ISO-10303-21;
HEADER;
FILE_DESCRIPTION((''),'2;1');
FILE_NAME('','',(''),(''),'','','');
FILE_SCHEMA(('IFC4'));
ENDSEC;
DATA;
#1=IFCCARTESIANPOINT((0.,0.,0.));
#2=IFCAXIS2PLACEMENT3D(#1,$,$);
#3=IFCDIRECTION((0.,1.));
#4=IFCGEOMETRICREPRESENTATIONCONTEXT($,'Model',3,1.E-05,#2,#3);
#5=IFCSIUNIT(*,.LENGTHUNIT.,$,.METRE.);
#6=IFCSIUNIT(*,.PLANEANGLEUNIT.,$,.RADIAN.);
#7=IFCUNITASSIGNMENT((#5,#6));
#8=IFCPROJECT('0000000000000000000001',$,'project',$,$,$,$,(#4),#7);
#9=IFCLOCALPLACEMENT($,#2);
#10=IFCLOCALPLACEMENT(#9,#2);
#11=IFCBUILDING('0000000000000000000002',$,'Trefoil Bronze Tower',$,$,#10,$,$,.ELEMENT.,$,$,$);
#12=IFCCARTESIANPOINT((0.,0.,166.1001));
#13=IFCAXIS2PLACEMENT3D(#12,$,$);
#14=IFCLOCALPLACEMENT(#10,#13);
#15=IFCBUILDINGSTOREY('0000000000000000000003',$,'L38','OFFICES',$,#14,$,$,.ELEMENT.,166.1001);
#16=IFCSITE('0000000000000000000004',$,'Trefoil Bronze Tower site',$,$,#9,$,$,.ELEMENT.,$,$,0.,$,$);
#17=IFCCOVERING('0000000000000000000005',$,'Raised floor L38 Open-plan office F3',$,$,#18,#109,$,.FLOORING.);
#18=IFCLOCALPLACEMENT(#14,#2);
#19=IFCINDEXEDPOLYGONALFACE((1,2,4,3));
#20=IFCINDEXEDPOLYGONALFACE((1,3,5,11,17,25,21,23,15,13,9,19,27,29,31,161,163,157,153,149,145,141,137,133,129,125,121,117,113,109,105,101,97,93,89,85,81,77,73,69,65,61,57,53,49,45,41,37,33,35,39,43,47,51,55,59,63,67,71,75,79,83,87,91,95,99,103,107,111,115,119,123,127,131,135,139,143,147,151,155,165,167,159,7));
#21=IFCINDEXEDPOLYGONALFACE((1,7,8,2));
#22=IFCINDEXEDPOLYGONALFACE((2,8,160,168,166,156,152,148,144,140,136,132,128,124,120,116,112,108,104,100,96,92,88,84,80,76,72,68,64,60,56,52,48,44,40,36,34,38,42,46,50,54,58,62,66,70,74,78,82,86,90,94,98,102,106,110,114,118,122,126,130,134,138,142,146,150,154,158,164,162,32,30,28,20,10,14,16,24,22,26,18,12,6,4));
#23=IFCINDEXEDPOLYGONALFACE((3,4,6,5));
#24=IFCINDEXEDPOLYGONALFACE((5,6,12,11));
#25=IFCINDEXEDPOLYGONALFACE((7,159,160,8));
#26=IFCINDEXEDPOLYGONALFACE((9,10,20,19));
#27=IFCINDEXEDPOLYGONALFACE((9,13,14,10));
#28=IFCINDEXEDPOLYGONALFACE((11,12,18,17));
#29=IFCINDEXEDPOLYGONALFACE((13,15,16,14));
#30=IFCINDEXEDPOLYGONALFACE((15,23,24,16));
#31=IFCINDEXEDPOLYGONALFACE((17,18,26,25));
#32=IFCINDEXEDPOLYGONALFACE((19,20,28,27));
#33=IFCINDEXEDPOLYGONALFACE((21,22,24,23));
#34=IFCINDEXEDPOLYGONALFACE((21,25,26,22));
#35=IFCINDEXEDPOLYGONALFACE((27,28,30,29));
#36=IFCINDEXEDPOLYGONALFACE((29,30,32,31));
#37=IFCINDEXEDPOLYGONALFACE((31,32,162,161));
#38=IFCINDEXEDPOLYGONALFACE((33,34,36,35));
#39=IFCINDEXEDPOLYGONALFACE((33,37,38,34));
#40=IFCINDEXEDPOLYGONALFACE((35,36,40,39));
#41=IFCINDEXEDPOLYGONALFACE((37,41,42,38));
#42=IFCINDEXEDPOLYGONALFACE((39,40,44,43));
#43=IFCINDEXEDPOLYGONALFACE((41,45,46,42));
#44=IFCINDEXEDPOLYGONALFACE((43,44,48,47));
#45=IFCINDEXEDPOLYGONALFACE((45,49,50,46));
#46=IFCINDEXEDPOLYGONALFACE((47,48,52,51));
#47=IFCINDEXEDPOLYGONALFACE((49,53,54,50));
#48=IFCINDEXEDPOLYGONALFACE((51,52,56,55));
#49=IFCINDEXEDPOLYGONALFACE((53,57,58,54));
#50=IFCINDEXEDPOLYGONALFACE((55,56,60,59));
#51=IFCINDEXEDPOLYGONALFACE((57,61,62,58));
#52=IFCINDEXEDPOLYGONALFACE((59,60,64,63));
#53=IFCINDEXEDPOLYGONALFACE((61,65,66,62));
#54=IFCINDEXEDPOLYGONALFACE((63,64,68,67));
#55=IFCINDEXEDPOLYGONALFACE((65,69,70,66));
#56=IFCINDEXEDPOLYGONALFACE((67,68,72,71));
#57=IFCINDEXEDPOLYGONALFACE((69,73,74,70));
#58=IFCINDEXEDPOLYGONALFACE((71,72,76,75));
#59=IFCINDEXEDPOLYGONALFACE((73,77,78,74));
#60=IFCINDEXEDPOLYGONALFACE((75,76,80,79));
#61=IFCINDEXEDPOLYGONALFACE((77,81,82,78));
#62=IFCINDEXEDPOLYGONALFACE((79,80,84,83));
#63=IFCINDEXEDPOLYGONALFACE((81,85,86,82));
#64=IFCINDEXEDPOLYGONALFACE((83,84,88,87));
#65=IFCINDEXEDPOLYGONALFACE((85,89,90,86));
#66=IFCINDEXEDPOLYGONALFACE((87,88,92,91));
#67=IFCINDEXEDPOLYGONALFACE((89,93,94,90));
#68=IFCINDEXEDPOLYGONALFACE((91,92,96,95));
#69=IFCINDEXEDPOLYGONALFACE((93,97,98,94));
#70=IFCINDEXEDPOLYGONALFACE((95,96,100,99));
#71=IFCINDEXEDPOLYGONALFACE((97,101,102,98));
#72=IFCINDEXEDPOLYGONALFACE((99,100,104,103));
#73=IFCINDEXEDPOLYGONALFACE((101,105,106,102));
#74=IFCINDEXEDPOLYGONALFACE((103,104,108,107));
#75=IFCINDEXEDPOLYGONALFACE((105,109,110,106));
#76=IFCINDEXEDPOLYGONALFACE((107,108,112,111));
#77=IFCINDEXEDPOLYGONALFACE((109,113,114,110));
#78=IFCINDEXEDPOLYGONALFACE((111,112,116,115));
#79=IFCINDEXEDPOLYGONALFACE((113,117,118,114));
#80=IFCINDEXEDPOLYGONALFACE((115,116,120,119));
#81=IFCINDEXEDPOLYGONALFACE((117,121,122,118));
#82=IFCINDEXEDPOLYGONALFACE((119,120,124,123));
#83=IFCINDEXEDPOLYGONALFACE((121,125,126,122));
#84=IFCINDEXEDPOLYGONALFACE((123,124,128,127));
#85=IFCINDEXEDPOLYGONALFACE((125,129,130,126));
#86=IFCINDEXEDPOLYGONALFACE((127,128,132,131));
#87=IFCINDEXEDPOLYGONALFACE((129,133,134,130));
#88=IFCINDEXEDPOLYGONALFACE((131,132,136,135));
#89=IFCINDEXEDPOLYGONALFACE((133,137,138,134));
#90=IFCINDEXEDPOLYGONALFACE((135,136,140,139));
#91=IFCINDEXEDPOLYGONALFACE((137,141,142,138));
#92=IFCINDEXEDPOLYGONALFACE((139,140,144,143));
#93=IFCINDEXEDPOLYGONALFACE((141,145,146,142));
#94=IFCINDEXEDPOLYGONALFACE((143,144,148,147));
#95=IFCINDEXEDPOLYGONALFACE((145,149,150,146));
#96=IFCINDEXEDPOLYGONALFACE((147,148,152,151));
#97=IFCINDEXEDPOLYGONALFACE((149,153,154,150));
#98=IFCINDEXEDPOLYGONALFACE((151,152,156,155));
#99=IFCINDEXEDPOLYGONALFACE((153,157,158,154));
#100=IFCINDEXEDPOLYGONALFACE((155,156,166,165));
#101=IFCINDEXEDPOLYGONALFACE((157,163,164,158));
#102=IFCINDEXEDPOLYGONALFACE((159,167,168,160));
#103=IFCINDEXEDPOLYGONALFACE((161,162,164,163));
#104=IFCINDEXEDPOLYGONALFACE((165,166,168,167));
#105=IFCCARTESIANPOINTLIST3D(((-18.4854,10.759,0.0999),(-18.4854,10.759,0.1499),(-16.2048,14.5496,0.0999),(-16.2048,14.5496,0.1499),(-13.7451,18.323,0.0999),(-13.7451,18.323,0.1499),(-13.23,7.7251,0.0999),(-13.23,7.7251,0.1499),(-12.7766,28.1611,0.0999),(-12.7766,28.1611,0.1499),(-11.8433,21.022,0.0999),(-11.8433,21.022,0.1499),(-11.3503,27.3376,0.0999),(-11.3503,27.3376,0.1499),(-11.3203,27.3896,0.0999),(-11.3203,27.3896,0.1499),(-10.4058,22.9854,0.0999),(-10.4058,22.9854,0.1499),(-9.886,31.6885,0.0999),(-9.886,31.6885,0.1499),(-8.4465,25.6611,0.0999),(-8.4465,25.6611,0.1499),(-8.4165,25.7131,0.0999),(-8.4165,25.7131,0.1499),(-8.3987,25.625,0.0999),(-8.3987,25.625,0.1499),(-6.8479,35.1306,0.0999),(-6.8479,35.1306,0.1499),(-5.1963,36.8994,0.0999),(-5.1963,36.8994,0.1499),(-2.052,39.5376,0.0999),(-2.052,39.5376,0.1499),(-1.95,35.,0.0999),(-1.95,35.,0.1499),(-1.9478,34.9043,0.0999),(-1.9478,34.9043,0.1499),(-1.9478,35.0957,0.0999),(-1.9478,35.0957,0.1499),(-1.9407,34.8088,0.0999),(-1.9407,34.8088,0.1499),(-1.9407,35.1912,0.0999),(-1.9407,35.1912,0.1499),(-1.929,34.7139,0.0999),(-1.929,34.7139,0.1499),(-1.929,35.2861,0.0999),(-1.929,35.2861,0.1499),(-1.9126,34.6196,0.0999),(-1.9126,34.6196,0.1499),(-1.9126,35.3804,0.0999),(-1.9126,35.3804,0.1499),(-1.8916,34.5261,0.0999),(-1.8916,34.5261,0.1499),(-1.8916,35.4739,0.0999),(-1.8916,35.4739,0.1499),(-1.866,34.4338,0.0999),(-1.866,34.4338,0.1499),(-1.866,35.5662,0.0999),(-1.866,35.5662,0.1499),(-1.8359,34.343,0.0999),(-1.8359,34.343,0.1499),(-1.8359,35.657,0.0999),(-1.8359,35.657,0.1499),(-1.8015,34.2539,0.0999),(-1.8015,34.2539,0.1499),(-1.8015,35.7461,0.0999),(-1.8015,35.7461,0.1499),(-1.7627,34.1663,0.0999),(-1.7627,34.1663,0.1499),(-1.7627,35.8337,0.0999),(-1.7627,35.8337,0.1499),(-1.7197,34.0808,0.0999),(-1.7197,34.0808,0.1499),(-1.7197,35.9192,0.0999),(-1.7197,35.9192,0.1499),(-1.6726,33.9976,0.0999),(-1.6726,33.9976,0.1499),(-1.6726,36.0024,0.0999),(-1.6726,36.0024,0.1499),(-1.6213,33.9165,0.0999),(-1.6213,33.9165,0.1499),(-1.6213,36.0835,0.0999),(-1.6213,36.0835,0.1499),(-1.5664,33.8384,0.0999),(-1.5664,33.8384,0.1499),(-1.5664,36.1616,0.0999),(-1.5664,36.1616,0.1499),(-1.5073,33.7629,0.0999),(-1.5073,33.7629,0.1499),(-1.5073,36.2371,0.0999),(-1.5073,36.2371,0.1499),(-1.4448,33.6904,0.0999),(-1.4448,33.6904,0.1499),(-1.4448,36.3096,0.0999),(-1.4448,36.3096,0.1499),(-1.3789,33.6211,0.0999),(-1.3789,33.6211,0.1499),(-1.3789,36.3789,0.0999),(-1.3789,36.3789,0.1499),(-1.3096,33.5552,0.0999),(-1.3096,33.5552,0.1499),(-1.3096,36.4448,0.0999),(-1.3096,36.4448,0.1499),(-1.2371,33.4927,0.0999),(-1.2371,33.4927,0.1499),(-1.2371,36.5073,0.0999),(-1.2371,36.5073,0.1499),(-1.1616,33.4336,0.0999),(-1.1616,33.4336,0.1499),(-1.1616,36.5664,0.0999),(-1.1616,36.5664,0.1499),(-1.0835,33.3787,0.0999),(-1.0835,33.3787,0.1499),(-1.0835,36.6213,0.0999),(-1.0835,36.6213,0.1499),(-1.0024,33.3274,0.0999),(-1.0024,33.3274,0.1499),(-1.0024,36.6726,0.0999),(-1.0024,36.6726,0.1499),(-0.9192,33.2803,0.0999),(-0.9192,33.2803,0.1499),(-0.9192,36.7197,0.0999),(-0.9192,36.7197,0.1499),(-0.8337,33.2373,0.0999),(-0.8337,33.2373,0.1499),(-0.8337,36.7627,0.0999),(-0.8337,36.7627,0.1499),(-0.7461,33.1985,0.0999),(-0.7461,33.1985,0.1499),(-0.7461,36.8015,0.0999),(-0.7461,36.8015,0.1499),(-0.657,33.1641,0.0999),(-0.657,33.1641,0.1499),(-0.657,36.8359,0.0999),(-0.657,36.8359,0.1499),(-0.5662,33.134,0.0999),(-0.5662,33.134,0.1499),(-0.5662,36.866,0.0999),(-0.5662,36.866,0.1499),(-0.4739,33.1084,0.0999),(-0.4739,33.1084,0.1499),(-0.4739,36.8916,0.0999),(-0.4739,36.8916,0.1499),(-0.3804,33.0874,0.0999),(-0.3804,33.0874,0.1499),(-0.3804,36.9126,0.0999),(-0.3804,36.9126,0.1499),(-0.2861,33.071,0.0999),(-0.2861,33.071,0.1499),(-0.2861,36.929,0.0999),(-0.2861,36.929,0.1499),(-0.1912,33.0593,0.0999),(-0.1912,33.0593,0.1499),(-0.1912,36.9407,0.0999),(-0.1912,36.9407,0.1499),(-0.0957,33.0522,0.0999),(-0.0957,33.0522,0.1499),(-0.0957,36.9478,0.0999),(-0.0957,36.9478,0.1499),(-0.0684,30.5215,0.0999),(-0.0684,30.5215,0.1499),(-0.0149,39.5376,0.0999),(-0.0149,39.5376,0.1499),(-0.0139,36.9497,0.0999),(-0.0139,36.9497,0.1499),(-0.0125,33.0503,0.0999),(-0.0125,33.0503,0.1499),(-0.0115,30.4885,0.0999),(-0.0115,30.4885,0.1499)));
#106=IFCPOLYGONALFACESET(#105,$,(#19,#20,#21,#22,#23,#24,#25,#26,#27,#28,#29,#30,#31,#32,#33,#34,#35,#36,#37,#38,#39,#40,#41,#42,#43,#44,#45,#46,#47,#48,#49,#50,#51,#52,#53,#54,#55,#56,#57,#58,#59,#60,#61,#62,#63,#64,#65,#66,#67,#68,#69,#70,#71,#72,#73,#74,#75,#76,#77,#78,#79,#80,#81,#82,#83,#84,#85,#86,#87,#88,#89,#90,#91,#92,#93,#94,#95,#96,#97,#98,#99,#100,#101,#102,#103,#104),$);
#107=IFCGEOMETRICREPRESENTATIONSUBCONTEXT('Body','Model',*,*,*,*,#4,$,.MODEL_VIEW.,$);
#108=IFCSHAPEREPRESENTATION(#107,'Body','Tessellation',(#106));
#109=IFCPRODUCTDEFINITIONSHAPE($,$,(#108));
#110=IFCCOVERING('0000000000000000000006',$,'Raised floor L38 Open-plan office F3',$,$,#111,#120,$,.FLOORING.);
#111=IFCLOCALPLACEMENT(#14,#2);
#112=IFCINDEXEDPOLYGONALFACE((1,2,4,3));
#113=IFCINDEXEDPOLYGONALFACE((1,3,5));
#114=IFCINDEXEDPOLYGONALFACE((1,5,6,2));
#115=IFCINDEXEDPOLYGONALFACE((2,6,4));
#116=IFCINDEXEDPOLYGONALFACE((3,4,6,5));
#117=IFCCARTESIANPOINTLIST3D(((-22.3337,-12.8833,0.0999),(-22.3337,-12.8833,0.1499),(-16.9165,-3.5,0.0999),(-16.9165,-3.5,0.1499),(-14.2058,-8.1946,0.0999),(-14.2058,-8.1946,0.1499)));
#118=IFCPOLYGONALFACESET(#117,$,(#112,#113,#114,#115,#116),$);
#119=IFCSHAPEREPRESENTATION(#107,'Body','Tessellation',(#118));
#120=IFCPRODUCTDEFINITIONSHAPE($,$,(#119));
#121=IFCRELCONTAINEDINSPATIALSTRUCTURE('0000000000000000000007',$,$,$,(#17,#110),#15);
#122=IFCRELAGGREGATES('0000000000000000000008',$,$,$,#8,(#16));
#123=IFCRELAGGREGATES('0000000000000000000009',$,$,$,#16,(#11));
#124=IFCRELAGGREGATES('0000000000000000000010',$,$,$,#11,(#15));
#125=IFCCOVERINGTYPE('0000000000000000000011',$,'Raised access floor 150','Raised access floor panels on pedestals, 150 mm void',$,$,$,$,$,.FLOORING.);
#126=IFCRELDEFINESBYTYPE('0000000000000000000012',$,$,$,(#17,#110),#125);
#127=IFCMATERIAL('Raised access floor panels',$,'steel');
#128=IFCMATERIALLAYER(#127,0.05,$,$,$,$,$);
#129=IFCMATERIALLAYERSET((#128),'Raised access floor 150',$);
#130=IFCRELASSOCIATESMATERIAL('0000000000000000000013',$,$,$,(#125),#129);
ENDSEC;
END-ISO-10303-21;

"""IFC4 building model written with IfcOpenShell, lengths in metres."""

from ifc_helpers import new_model, si_unit, direction, frame, origin, place, context, subcontext, project, spatial, polyline, outline, extrude, material, layer, layer_set, type_object, element, save


model = new_model("IFC4")

# Units and contexts
model_context = context("Model", 3, precision=1e-05, world=origin(), true_north=direction((0.0, 1.0)))
body_context = subcontext(model_context, "Body", "Model", "MODEL_VIEW")
ifc_project = project(units=[si_unit("LENGTHUNIT", "METRE"), si_unit("PLANEANGLEUNIT", "RADIAN")], contexts=[model_context])

# Site, building, storey
site_placement = place(None, origin())
site = spatial("IfcSite", under=ifc_project, at=site_placement, Name="Trefoil Bronze Tower site", CompositionType="ELEMENT", RefElevation=0.0)
building_placement = place(site_placement, origin())
building = spatial("IfcBuilding", under=site, at=building_placement, Name="Trefoil Bronze Tower", CompositionType="ELEMENT")
storey_placement = place(building_placement, frame((0.0, 0.0, 166.1001)))
storey = spatial("IfcBuildingStorey", under=building, at=storey_placement, Name="L38", Description="OFFICES", CompositionType="ELEMENT", Elevation=166.1001)

# Coverings
ifc_material_1 = material(Name="Raised access floor panels", Category="steel")
ifc_layer_1 = layer(ifc_material_1, 0.05)
ifc_layer_set_1 = layer_set([ifc_layer_1], Name="Raised access floor 150")
covering_type_1 = type_object("IfcCoveringType", Name="Raised access floor 150", Description="Raised access floor panels on pedestals, 150 mm void", PredefinedType="FLOORING", material=ifc_layer_set_1)
covering_1_placement = place(storey_placement, frame((0.0, 0.0, 0.0999)))
element("IfcCovering", 1, at=covering_1_placement, inside=storey, type_object=covering_type_1, Name="Raised floor L38 Open-plan office F3", PredefinedType="FLOORING", context=body_context, shape_type="SweptSolid", body=[
    extrude(outline(polyline([(-0.0115, 30.4885), (-0.0684, 30.5215), (-13.23, 7.7251), (-18.4854, 10.759), (-16.2048, 14.5496), (-13.7451, 18.323), (-11.8433, 21.022), (-10.4058, 22.9854), (-8.3987, 25.625), (-8.4465, 25.6611), (-8.4165, 25.7131), (-11.3203, 27.3896), (-11.3503, 27.3376), (-12.7766, 28.1611), (-9.886, 31.6885), (-6.8479, 35.1306), (-5.1963, 36.8994), (-2.052, 39.5376), (-0.0149, 39.5376), (-0.0139, 36.9497), (-0.0957, 36.9478), (-0.1912, 36.9407), (-0.2861, 36.929), (-0.3804, 36.9126), (-0.4739, 36.8916), (-0.5662, 36.866), (-0.657, 36.8359), (-0.7461, 36.8015), (-0.8337, 36.7627), (-0.9192, 36.7197), (-1.0024, 36.6726), (-1.0835, 36.6213), (-1.1616, 36.5664), (-1.2371, 36.5073), (-1.3096, 36.4448), (-1.3789, 36.3789), (-1.4448, 36.3096), (-1.5073, 36.2371), (-1.5664, 36.1616), (-1.6213, 36.0835), (-1.6726, 36.0024), (-1.7197, 35.9192), (-1.7627, 35.8337), (-1.8015, 35.7461), (-1.8359, 35.657), (-1.866, 35.5662), (-1.8916, 35.4739), (-1.9126, 35.3804), (-1.929, 35.2861), (-1.9407, 35.1912), (-1.9478, 35.0957), (-1.95, 35.0), (-1.9478, 34.9043), (-1.9407, 34.8088), (-1.929, 34.7139), (-1.9126, 34.6196), (-1.8916, 34.5261), (-1.866, 34.4338), (-1.8359, 34.343), (-1.8015, 34.2539), (-1.7627, 34.1663), (-1.7197, 34.0808), (-1.6726, 33.9976), (-1.6213, 33.9165), (-1.5664, 33.8384), (-1.5073, 33.7629), (-1.4448, 33.6904), (-1.3789, 33.6211), (-1.3096, 33.5552), (-1.2371, 33.4927), (-1.1616, 33.4336), (-1.0835, 33.3787), (-1.0024, 33.3274), (-0.9192, 33.2803), (-0.8337, 33.2373), (-0.7461, 33.1985), (-0.657, 33.1641), (-0.5662, 33.134), (-0.4739, 33.1084), (-0.3804, 33.0874), (-0.2861, 33.071), (-0.1912, 33.0593), (-0.0957, 33.0522), (-0.0125, 33.0503), (-0.0115, 30.4885)])), origin(), (0.0, 0.0, 1.0), 0.05),
])
covering_2_placement = place(storey_placement, frame((0.0, 0.0, 0.0999)))
element("IfcCovering", 2, at=covering_2_placement, inside=storey, type_object=covering_type_1, Name="Raised floor L38 Open-plan office F3", PredefinedType="FLOORING", context=body_context, shape_type="SweptSolid", body=[
    extrude(outline(polyline([(-14.2058, -8.1946), (-22.3337, -12.8833), (-16.9165, -3.5), (-14.2058, -8.1946)])), origin(), (0.0, 0.0, 1.0), 0.05),
])

save(model, "model.ifc")
